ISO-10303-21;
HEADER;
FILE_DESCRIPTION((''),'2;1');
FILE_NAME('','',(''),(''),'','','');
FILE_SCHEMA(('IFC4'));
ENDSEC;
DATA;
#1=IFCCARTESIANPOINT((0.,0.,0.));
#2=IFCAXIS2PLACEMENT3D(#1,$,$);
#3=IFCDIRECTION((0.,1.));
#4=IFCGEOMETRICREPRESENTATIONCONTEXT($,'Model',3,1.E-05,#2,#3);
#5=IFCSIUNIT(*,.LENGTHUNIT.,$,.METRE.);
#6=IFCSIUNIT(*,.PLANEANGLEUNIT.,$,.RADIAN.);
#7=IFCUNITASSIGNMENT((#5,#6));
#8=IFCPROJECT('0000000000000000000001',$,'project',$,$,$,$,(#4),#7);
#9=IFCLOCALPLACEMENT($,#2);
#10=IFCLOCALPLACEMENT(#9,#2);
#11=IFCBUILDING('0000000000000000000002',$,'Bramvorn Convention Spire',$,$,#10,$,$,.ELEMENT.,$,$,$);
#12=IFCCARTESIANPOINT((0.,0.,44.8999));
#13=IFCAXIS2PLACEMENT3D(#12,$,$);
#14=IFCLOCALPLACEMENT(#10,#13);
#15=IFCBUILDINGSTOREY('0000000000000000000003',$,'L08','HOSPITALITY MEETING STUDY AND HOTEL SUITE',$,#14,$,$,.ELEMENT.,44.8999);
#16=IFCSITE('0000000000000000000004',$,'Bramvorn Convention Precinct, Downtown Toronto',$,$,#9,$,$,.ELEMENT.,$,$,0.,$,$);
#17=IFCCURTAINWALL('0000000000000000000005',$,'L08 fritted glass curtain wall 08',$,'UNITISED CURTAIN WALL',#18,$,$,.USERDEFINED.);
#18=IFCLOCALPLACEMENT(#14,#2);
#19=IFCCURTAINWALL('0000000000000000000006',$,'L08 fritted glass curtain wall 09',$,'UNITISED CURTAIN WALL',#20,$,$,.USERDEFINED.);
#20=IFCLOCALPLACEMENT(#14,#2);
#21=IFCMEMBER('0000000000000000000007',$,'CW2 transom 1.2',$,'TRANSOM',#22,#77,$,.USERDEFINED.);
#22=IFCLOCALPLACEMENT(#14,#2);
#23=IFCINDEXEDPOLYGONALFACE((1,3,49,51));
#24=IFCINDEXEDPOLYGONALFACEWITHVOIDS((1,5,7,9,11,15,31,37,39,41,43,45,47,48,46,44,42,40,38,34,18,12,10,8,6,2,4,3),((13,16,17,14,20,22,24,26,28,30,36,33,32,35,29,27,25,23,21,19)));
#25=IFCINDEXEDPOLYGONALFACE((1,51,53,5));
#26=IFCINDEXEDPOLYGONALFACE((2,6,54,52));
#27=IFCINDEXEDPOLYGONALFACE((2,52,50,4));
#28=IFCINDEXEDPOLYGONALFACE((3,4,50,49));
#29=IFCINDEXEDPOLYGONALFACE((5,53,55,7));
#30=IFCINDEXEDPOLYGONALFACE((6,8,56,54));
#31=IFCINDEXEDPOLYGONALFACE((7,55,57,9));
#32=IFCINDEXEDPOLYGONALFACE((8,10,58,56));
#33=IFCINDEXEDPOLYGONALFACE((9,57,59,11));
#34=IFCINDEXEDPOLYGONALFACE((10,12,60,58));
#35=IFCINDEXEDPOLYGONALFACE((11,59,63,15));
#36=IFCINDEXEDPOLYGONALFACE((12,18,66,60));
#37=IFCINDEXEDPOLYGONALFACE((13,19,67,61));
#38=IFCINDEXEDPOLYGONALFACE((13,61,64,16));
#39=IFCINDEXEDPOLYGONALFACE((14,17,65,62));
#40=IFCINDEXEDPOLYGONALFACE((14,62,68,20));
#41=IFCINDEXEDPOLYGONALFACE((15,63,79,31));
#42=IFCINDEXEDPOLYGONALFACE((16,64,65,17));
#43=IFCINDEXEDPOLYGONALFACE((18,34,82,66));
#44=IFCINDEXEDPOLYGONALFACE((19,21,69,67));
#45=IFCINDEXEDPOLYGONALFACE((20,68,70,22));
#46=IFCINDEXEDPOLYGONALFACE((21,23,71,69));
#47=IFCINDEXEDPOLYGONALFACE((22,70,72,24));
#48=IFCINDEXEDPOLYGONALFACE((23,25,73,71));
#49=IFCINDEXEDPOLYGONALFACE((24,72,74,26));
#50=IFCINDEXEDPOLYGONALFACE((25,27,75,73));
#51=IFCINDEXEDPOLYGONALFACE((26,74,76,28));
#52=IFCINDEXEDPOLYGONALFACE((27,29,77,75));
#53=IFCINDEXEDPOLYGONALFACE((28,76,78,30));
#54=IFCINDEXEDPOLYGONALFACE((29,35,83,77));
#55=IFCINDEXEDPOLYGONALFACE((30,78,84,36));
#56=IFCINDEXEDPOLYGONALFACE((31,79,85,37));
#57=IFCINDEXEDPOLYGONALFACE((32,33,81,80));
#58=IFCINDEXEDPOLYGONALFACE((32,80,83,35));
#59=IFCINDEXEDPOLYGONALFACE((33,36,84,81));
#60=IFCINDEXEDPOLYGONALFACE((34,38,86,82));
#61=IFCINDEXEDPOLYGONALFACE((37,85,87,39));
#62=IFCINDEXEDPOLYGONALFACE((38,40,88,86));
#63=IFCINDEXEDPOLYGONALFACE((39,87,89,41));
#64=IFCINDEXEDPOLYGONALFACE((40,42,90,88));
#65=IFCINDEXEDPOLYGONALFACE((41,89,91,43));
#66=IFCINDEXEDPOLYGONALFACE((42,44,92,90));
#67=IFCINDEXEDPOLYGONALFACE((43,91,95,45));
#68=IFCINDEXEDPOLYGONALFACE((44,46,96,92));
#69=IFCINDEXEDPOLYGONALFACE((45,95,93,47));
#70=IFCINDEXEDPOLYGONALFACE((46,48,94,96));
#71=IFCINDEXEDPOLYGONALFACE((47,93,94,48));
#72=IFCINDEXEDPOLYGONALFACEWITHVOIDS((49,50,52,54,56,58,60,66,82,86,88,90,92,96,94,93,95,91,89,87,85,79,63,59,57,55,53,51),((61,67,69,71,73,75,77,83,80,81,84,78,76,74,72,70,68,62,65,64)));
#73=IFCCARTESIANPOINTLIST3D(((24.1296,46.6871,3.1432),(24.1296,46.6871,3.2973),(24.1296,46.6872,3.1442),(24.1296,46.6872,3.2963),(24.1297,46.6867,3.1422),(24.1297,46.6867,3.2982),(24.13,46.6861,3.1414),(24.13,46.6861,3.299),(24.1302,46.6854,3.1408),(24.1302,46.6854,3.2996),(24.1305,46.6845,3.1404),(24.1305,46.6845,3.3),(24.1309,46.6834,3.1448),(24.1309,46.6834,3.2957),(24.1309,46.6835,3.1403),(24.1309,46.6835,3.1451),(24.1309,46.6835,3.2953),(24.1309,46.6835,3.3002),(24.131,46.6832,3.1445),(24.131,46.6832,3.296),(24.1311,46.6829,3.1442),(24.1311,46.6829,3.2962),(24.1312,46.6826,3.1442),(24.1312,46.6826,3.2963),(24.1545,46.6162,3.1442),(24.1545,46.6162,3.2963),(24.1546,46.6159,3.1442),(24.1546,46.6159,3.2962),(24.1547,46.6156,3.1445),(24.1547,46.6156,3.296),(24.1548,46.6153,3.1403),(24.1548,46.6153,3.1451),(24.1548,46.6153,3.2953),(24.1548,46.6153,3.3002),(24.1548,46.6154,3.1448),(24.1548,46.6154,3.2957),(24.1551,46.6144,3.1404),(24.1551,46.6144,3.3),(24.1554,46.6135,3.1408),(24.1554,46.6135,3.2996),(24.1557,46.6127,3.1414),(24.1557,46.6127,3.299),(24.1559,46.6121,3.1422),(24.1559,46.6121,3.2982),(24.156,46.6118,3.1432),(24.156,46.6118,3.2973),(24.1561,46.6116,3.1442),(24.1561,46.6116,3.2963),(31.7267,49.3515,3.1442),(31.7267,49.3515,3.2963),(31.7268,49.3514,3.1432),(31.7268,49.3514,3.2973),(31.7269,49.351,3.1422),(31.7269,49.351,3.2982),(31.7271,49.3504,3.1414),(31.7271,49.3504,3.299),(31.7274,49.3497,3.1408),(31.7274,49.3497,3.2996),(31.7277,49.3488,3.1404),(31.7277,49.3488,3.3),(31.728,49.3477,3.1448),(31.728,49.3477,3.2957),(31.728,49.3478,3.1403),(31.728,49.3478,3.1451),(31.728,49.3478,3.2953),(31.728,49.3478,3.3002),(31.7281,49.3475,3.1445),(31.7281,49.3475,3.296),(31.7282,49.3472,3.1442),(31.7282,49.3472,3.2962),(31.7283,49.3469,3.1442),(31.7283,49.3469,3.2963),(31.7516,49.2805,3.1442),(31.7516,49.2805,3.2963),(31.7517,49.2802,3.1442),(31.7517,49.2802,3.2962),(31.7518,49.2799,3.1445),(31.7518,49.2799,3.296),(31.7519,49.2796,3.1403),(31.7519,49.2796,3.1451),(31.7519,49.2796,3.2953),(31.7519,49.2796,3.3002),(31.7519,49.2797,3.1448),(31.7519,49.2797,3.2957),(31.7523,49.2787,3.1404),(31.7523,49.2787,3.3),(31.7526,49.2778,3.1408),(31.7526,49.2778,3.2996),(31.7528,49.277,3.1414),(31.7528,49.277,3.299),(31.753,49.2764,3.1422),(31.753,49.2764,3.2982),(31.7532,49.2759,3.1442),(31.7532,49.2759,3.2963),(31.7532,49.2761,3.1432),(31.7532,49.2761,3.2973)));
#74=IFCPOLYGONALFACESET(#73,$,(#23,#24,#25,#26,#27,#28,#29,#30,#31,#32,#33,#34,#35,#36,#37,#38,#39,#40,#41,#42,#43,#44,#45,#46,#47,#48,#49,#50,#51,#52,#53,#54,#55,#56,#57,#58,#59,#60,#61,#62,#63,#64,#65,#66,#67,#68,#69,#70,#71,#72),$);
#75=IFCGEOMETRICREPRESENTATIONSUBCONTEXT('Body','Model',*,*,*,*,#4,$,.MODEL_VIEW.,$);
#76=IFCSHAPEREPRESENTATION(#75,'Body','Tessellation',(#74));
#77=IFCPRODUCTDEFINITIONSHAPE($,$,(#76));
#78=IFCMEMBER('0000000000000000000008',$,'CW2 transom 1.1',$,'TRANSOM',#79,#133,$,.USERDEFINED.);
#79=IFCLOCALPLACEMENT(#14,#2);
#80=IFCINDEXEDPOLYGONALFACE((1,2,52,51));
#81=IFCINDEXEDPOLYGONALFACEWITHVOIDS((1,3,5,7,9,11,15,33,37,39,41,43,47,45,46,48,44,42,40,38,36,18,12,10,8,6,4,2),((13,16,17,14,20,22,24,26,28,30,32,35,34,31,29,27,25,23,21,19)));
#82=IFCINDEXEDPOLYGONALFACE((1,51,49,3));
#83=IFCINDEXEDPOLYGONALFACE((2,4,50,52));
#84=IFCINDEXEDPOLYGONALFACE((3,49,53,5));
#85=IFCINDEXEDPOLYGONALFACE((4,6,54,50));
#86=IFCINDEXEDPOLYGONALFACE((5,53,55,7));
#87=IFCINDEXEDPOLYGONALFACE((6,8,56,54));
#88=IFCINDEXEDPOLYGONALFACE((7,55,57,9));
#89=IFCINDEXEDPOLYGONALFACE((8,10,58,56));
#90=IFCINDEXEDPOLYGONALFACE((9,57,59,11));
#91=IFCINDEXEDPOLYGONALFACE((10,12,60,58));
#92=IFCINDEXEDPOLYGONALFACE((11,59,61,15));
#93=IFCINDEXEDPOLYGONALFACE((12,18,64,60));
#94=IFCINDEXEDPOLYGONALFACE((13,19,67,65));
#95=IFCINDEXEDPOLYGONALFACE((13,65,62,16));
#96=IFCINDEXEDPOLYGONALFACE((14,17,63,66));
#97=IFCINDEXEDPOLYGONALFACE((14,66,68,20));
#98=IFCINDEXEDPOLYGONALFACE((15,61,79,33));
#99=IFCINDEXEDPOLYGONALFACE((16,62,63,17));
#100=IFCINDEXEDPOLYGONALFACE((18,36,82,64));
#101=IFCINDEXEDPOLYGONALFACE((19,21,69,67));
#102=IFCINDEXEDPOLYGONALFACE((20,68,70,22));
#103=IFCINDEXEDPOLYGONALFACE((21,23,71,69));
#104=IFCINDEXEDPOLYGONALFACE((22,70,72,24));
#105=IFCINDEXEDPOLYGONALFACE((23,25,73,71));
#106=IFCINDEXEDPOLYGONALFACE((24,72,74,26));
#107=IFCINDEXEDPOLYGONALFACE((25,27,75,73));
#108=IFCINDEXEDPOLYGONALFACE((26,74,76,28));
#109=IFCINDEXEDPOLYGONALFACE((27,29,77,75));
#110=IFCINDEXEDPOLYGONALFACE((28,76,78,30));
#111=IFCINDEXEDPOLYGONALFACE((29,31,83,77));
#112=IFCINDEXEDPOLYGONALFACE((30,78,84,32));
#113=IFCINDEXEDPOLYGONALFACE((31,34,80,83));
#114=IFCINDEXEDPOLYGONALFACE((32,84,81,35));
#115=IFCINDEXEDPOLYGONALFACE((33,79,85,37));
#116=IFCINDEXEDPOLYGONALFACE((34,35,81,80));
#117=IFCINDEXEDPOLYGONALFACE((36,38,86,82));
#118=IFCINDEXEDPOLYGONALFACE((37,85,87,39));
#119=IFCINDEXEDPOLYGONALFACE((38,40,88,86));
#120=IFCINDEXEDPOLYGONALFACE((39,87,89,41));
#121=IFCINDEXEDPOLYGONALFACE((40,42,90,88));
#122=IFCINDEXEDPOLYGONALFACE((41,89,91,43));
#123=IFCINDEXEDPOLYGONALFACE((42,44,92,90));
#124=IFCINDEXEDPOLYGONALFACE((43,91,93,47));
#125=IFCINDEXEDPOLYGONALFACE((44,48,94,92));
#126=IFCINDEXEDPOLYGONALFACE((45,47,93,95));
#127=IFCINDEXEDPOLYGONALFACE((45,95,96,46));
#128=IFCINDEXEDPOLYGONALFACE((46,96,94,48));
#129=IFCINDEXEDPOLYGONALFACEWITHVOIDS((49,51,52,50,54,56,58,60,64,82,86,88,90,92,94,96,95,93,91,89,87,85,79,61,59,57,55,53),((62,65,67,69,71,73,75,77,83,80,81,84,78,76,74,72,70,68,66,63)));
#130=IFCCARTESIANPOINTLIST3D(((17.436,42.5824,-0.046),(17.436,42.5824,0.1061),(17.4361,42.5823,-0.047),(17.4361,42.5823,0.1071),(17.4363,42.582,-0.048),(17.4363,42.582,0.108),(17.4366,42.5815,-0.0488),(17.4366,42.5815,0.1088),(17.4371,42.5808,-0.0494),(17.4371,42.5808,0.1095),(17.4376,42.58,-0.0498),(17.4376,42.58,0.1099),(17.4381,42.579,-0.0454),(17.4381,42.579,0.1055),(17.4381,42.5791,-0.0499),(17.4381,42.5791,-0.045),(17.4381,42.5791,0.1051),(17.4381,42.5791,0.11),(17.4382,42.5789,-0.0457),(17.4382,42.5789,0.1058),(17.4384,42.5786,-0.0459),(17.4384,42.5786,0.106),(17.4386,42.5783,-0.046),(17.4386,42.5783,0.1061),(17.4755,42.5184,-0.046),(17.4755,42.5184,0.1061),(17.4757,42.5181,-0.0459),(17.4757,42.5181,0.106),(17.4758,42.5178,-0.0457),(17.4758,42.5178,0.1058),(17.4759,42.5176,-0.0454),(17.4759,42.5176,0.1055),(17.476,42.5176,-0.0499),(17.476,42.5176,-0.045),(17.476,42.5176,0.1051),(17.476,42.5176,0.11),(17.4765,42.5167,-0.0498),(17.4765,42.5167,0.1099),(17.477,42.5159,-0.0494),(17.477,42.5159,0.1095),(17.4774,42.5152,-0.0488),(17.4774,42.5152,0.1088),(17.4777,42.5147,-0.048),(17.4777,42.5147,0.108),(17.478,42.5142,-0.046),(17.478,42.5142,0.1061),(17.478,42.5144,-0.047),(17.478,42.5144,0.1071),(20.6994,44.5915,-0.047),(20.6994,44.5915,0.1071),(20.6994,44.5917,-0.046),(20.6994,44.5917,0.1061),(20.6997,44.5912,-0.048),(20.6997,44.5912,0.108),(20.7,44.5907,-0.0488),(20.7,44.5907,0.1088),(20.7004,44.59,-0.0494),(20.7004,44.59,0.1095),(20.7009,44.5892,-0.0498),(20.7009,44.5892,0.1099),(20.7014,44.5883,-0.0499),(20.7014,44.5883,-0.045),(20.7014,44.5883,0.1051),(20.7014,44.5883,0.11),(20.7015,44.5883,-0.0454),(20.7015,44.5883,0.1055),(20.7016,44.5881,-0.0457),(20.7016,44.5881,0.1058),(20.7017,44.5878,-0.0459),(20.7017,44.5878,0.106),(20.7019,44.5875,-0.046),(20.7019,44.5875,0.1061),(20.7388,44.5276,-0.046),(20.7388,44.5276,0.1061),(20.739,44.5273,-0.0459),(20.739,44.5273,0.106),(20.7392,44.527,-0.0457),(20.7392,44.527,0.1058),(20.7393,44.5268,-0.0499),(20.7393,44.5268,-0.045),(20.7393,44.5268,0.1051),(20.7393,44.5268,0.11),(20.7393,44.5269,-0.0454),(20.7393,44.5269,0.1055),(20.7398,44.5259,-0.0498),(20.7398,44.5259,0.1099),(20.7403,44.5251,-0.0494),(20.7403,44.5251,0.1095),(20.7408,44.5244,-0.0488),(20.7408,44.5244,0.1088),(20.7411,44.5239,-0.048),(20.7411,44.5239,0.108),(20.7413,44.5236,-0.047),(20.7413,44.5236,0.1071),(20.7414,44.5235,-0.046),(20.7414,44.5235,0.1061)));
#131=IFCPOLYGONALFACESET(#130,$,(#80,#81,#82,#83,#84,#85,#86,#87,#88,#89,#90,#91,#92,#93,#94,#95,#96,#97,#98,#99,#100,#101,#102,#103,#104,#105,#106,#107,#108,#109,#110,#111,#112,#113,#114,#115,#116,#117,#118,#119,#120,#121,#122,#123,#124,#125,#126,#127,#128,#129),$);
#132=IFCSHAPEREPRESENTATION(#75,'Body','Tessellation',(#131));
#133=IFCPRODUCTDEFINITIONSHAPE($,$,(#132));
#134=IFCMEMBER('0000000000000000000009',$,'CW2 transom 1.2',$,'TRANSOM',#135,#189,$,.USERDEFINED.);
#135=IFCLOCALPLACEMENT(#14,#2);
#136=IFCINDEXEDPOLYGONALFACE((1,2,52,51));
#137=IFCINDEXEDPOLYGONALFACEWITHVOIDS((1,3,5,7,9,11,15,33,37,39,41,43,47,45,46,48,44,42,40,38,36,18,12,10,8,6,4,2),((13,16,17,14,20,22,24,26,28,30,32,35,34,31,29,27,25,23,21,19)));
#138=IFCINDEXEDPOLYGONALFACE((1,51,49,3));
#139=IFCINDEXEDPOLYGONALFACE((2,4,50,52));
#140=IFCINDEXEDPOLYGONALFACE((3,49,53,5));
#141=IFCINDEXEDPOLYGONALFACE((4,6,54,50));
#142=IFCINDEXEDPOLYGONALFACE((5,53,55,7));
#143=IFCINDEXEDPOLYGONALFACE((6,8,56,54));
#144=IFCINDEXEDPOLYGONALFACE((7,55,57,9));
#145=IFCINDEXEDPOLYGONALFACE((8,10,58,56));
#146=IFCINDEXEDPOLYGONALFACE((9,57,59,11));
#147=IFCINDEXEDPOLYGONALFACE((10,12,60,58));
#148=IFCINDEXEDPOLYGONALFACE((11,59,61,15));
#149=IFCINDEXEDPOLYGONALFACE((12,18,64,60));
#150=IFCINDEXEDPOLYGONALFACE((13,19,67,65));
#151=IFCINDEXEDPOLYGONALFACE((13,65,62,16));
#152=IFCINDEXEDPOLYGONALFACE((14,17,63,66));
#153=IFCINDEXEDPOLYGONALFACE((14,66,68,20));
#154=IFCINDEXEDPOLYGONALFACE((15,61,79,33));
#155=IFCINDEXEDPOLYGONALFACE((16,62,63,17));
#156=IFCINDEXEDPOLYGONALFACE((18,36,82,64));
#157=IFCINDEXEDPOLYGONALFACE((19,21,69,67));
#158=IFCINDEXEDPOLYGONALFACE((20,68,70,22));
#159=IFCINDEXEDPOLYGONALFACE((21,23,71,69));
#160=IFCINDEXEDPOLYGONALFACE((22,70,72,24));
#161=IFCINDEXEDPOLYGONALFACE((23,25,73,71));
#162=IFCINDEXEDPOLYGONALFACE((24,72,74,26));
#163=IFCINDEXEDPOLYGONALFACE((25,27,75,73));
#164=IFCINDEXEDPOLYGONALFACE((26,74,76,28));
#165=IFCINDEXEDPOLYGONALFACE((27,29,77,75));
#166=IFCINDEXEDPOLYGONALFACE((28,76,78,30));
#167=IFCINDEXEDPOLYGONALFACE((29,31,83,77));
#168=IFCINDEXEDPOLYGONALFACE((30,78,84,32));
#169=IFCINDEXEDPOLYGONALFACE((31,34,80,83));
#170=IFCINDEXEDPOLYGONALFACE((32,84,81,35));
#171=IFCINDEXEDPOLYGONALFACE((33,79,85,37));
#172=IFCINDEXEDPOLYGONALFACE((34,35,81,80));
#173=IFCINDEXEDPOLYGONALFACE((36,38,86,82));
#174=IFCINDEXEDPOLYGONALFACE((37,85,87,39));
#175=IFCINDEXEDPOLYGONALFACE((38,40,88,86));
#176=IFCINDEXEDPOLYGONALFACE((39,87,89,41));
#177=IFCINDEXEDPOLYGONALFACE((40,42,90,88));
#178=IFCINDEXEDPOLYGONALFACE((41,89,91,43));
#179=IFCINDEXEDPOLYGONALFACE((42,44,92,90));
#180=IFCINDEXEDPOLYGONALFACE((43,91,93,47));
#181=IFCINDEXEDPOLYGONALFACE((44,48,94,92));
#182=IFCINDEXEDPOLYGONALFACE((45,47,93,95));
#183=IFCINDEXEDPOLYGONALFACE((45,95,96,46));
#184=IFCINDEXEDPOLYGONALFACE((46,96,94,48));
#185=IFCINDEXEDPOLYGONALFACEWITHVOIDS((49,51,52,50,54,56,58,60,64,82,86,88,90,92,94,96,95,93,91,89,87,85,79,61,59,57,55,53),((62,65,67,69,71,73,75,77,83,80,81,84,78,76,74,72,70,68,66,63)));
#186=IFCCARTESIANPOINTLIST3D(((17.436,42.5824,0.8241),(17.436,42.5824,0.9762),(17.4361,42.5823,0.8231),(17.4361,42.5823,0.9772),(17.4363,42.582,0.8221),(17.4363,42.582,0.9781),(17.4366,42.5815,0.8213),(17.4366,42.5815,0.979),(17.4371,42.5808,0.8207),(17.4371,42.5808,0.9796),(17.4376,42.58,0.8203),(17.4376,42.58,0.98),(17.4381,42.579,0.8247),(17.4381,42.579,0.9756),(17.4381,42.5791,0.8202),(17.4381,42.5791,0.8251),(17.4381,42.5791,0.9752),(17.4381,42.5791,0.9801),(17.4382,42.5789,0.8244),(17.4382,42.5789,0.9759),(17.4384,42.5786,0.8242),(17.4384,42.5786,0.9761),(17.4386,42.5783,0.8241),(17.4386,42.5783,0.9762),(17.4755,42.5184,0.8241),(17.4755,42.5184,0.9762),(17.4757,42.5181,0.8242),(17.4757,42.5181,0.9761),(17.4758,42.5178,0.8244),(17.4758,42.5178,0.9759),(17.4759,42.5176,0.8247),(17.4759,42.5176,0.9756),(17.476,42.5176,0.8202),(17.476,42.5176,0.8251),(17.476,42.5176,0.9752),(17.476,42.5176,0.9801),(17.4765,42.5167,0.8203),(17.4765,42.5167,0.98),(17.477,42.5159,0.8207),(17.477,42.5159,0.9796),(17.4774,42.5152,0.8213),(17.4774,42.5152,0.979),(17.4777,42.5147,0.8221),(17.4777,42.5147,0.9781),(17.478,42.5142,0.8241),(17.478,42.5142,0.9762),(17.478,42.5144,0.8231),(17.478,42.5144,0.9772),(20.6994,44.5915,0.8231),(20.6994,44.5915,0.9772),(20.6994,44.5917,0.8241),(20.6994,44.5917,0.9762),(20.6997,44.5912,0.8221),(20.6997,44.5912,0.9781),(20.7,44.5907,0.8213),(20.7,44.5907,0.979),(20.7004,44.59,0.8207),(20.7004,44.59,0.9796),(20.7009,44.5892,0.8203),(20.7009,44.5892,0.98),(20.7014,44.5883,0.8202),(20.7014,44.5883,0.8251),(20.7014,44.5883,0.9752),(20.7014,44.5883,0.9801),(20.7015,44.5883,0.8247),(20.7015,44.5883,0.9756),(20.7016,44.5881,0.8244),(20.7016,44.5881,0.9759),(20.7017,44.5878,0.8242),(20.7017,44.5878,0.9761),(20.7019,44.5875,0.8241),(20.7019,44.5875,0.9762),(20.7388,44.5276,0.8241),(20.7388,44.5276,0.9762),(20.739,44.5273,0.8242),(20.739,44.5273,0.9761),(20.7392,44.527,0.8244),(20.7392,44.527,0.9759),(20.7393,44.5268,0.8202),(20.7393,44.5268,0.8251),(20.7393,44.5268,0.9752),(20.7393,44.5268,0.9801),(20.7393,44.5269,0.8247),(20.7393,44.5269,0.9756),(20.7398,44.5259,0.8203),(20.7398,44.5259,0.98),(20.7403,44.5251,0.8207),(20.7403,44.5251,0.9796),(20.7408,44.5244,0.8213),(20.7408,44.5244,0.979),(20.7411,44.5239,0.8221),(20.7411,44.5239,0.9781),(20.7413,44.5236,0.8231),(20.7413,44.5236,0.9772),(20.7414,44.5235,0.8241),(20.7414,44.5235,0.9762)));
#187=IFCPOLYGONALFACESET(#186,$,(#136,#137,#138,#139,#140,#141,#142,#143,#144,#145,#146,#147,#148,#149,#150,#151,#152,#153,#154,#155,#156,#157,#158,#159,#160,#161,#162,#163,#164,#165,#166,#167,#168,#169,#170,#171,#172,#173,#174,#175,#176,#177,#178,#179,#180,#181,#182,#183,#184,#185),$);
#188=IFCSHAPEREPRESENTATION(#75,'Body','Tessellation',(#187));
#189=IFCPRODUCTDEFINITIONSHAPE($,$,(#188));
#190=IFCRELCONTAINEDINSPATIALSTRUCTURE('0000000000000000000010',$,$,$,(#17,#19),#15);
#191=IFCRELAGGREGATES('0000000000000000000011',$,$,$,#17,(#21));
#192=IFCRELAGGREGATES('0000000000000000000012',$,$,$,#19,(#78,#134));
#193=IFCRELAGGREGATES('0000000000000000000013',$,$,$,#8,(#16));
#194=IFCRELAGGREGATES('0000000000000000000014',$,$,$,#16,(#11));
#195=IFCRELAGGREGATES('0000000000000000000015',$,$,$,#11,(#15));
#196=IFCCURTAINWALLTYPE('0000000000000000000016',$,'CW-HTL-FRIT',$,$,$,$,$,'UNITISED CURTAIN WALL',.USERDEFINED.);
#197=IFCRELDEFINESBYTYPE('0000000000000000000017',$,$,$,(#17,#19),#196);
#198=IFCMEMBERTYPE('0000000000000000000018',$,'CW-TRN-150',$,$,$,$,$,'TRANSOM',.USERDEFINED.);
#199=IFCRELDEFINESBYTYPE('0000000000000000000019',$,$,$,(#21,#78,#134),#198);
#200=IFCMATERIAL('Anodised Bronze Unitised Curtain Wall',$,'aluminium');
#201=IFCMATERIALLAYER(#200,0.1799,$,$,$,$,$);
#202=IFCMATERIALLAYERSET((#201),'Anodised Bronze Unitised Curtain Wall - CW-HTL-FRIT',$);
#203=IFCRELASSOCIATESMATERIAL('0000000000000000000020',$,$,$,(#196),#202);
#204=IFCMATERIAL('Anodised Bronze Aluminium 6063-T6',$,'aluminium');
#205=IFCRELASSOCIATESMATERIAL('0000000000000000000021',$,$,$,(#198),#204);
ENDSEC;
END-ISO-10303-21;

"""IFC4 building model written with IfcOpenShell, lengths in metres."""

from ifc_helpers import new_model, si_unit, direction, frame, origin, origin_2d, place, context, subcontext, project, spatial, hollow_rectangle, extrude, material, layer, layer_set, material_profile, profile_set, type_object, element, aggregate, save


model = new_model("IFC4")

# Units and contexts
model_context = context("Model", 3, precision=1e-05, world=origin(), true_north=direction((0.0, 1.0)))
body_context = subcontext(model_context, "Body", "Model", "MODEL_VIEW")
ifc_project = project(units=[si_unit("LENGTHUNIT", "METRE"), si_unit("PLANEANGLEUNIT", "RADIAN")], contexts=[model_context])

# Site, building, storey
site_placement = place(None, origin())
site = spatial("IfcSite", under=ifc_project, at=site_placement, Name="Bramvorn Convention Precinct, Downtown Toronto", CompositionType="ELEMENT", RefElevation=0.0)
building_placement = place(site_placement, origin())
building = spatial("IfcBuilding", under=site, at=building_placement, Name="Bramvorn Convention Spire", CompositionType="ELEMENT")
storey_placement = place(building_placement, frame((0.0, 0.0, 44.8999)))
storey = spatial("IfcBuildingStorey", under=building, at=storey_placement, Name="L08", Description="HOSPITALITY MEETING STUDY AND HOTEL SUITE", CompositionType="ELEMENT", Elevation=44.8999)

# Curtain wall
ifc_material_1 = material(Name="Anodised Bronze Unitised Curtain Wall", Category="aluminium")
ifc_layer_1 = layer(ifc_material_1, 0.1799)
ifc_layer_set_1 = layer_set([ifc_layer_1], Name="Anodised Bronze Unitised Curtain Wall - CW-HTL-FRIT")
curtain_wall_type = type_object("IfcCurtainWallType", Name="CW-HTL-FRIT", ElementType="UNITISED CURTAIN WALL", PredefinedType="USERDEFINED", material=ifc_layer_set_1)
curtain_wall_1_placement = place(storey_placement, origin())
curtain_wall_1 = element("IfcCurtainWall", 1, at=curtain_wall_1_placement, inside=storey, type_object=curtain_wall_type, Name="L08 fritted glass curtain wall 08", ObjectType="UNITISED CURTAIN WALL", PredefinedType="USERDEFINED")
ifc_material_2 = material(Name="Anodised Bronze Aluminium 6063-T6", Category="aluminium")

# Curtain wall
curtain_wall_2_placement = place(storey_placement, origin())
curtain_wall_2 = element("IfcCurtainWall", 2, at=curtain_wall_2_placement, inside=storey, type_object=curtain_wall_type, Name="L08 fritted glass curtain wall 09", ObjectType="UNITISED CURTAIN WALL", PredefinedType="USERDEFINED")

# Members
ifc_material_profile_1 = material_profile(ifc_material_2, hollow_rectangle(XDim=0.0801, YDim=0.1599, WallThickness=0.0039, InnerFilletRadius=0.001, OuterFilletRadius=0.0039, at=origin_2d()))
ifc_profile_set_1 = profile_set([ifc_material_profile_1], Name="Anodised Bronze Aluminium 6063-T6 - CWT80X160")
member_type_1 = type_object("IfcMemberType", Name="CW-TRN-150", ElementType="TRANSOM", PredefinedType="USERDEFINED", material=ifc_profile_set_1)
member_1_placement = place(storey_placement, frame((24.1428, 46.6494, 3.2202), z_axis=(0.943653, 0.330937, 0.0), x_axis=(-0.330937, 0.943653, 0.0)))
member_1 = element("IfcMember", 3, at=member_1_placement, type_object=member_type_1, Name="CW2 transom 1.2", ObjectType="TRANSOM", PredefinedType="USERDEFINED", context=body_context, shape_type="SweptSolid", body=[
    extrude(hollow_rectangle(XDim=0.0801, YDim=0.1599, WallThickness=0.0039, InnerFilletRadius=0.001, OuterFilletRadius=0.0039, at=origin_2d()), origin(), (0.0, 0.0, 1.0), 8.0508),
])
aggregate(curtain_wall_1, [member_1])
member_2_placement = place(storey_placement, frame((17.457, 42.5483, 0.03), z_axis=(0.85154, 0.524289, 0.0), x_axis=(-0.524289, 0.85154, 0.0)))
member_2 = element("IfcMember", 4, at=member_2_placement, type_object=member_type_1, Name="CW2 transom 1.1", ObjectType="TRANSOM", PredefinedType="USERDEFINED", context=body_context, shape_type="SweptSolid", body=[
    extrude(hollow_rectangle(XDim=0.0801, YDim=0.1599, WallThickness=0.0039, InnerFilletRadius=0.001, OuterFilletRadius=0.0039, at=origin_2d()), origin(), (0.0, 0.0, 1.0), 3.8323),
])
member_3_placement = place(storey_placement, frame((17.457, 42.5483, 0.9001), z_axis=(0.85154, 0.524289, 0.0), x_axis=(-0.524289, 0.85154, 0.0)))
member_3 = element("IfcMember", 5, at=member_3_placement, type_object=member_type_1, Name="CW2 transom 1.2", ObjectType="TRANSOM", PredefinedType="USERDEFINED", context=body_context, shape_type="SweptSolid", body=[
    extrude(hollow_rectangle(XDim=0.0801, YDim=0.1599, WallThickness=0.0039, InnerFilletRadius=0.001, OuterFilletRadius=0.0039, at=origin_2d()), origin(), (0.0, 0.0, 1.0), 3.8323),
])

aggregate(curtain_wall_2, [member_2, member_3])

save(model, "model.ifc")
